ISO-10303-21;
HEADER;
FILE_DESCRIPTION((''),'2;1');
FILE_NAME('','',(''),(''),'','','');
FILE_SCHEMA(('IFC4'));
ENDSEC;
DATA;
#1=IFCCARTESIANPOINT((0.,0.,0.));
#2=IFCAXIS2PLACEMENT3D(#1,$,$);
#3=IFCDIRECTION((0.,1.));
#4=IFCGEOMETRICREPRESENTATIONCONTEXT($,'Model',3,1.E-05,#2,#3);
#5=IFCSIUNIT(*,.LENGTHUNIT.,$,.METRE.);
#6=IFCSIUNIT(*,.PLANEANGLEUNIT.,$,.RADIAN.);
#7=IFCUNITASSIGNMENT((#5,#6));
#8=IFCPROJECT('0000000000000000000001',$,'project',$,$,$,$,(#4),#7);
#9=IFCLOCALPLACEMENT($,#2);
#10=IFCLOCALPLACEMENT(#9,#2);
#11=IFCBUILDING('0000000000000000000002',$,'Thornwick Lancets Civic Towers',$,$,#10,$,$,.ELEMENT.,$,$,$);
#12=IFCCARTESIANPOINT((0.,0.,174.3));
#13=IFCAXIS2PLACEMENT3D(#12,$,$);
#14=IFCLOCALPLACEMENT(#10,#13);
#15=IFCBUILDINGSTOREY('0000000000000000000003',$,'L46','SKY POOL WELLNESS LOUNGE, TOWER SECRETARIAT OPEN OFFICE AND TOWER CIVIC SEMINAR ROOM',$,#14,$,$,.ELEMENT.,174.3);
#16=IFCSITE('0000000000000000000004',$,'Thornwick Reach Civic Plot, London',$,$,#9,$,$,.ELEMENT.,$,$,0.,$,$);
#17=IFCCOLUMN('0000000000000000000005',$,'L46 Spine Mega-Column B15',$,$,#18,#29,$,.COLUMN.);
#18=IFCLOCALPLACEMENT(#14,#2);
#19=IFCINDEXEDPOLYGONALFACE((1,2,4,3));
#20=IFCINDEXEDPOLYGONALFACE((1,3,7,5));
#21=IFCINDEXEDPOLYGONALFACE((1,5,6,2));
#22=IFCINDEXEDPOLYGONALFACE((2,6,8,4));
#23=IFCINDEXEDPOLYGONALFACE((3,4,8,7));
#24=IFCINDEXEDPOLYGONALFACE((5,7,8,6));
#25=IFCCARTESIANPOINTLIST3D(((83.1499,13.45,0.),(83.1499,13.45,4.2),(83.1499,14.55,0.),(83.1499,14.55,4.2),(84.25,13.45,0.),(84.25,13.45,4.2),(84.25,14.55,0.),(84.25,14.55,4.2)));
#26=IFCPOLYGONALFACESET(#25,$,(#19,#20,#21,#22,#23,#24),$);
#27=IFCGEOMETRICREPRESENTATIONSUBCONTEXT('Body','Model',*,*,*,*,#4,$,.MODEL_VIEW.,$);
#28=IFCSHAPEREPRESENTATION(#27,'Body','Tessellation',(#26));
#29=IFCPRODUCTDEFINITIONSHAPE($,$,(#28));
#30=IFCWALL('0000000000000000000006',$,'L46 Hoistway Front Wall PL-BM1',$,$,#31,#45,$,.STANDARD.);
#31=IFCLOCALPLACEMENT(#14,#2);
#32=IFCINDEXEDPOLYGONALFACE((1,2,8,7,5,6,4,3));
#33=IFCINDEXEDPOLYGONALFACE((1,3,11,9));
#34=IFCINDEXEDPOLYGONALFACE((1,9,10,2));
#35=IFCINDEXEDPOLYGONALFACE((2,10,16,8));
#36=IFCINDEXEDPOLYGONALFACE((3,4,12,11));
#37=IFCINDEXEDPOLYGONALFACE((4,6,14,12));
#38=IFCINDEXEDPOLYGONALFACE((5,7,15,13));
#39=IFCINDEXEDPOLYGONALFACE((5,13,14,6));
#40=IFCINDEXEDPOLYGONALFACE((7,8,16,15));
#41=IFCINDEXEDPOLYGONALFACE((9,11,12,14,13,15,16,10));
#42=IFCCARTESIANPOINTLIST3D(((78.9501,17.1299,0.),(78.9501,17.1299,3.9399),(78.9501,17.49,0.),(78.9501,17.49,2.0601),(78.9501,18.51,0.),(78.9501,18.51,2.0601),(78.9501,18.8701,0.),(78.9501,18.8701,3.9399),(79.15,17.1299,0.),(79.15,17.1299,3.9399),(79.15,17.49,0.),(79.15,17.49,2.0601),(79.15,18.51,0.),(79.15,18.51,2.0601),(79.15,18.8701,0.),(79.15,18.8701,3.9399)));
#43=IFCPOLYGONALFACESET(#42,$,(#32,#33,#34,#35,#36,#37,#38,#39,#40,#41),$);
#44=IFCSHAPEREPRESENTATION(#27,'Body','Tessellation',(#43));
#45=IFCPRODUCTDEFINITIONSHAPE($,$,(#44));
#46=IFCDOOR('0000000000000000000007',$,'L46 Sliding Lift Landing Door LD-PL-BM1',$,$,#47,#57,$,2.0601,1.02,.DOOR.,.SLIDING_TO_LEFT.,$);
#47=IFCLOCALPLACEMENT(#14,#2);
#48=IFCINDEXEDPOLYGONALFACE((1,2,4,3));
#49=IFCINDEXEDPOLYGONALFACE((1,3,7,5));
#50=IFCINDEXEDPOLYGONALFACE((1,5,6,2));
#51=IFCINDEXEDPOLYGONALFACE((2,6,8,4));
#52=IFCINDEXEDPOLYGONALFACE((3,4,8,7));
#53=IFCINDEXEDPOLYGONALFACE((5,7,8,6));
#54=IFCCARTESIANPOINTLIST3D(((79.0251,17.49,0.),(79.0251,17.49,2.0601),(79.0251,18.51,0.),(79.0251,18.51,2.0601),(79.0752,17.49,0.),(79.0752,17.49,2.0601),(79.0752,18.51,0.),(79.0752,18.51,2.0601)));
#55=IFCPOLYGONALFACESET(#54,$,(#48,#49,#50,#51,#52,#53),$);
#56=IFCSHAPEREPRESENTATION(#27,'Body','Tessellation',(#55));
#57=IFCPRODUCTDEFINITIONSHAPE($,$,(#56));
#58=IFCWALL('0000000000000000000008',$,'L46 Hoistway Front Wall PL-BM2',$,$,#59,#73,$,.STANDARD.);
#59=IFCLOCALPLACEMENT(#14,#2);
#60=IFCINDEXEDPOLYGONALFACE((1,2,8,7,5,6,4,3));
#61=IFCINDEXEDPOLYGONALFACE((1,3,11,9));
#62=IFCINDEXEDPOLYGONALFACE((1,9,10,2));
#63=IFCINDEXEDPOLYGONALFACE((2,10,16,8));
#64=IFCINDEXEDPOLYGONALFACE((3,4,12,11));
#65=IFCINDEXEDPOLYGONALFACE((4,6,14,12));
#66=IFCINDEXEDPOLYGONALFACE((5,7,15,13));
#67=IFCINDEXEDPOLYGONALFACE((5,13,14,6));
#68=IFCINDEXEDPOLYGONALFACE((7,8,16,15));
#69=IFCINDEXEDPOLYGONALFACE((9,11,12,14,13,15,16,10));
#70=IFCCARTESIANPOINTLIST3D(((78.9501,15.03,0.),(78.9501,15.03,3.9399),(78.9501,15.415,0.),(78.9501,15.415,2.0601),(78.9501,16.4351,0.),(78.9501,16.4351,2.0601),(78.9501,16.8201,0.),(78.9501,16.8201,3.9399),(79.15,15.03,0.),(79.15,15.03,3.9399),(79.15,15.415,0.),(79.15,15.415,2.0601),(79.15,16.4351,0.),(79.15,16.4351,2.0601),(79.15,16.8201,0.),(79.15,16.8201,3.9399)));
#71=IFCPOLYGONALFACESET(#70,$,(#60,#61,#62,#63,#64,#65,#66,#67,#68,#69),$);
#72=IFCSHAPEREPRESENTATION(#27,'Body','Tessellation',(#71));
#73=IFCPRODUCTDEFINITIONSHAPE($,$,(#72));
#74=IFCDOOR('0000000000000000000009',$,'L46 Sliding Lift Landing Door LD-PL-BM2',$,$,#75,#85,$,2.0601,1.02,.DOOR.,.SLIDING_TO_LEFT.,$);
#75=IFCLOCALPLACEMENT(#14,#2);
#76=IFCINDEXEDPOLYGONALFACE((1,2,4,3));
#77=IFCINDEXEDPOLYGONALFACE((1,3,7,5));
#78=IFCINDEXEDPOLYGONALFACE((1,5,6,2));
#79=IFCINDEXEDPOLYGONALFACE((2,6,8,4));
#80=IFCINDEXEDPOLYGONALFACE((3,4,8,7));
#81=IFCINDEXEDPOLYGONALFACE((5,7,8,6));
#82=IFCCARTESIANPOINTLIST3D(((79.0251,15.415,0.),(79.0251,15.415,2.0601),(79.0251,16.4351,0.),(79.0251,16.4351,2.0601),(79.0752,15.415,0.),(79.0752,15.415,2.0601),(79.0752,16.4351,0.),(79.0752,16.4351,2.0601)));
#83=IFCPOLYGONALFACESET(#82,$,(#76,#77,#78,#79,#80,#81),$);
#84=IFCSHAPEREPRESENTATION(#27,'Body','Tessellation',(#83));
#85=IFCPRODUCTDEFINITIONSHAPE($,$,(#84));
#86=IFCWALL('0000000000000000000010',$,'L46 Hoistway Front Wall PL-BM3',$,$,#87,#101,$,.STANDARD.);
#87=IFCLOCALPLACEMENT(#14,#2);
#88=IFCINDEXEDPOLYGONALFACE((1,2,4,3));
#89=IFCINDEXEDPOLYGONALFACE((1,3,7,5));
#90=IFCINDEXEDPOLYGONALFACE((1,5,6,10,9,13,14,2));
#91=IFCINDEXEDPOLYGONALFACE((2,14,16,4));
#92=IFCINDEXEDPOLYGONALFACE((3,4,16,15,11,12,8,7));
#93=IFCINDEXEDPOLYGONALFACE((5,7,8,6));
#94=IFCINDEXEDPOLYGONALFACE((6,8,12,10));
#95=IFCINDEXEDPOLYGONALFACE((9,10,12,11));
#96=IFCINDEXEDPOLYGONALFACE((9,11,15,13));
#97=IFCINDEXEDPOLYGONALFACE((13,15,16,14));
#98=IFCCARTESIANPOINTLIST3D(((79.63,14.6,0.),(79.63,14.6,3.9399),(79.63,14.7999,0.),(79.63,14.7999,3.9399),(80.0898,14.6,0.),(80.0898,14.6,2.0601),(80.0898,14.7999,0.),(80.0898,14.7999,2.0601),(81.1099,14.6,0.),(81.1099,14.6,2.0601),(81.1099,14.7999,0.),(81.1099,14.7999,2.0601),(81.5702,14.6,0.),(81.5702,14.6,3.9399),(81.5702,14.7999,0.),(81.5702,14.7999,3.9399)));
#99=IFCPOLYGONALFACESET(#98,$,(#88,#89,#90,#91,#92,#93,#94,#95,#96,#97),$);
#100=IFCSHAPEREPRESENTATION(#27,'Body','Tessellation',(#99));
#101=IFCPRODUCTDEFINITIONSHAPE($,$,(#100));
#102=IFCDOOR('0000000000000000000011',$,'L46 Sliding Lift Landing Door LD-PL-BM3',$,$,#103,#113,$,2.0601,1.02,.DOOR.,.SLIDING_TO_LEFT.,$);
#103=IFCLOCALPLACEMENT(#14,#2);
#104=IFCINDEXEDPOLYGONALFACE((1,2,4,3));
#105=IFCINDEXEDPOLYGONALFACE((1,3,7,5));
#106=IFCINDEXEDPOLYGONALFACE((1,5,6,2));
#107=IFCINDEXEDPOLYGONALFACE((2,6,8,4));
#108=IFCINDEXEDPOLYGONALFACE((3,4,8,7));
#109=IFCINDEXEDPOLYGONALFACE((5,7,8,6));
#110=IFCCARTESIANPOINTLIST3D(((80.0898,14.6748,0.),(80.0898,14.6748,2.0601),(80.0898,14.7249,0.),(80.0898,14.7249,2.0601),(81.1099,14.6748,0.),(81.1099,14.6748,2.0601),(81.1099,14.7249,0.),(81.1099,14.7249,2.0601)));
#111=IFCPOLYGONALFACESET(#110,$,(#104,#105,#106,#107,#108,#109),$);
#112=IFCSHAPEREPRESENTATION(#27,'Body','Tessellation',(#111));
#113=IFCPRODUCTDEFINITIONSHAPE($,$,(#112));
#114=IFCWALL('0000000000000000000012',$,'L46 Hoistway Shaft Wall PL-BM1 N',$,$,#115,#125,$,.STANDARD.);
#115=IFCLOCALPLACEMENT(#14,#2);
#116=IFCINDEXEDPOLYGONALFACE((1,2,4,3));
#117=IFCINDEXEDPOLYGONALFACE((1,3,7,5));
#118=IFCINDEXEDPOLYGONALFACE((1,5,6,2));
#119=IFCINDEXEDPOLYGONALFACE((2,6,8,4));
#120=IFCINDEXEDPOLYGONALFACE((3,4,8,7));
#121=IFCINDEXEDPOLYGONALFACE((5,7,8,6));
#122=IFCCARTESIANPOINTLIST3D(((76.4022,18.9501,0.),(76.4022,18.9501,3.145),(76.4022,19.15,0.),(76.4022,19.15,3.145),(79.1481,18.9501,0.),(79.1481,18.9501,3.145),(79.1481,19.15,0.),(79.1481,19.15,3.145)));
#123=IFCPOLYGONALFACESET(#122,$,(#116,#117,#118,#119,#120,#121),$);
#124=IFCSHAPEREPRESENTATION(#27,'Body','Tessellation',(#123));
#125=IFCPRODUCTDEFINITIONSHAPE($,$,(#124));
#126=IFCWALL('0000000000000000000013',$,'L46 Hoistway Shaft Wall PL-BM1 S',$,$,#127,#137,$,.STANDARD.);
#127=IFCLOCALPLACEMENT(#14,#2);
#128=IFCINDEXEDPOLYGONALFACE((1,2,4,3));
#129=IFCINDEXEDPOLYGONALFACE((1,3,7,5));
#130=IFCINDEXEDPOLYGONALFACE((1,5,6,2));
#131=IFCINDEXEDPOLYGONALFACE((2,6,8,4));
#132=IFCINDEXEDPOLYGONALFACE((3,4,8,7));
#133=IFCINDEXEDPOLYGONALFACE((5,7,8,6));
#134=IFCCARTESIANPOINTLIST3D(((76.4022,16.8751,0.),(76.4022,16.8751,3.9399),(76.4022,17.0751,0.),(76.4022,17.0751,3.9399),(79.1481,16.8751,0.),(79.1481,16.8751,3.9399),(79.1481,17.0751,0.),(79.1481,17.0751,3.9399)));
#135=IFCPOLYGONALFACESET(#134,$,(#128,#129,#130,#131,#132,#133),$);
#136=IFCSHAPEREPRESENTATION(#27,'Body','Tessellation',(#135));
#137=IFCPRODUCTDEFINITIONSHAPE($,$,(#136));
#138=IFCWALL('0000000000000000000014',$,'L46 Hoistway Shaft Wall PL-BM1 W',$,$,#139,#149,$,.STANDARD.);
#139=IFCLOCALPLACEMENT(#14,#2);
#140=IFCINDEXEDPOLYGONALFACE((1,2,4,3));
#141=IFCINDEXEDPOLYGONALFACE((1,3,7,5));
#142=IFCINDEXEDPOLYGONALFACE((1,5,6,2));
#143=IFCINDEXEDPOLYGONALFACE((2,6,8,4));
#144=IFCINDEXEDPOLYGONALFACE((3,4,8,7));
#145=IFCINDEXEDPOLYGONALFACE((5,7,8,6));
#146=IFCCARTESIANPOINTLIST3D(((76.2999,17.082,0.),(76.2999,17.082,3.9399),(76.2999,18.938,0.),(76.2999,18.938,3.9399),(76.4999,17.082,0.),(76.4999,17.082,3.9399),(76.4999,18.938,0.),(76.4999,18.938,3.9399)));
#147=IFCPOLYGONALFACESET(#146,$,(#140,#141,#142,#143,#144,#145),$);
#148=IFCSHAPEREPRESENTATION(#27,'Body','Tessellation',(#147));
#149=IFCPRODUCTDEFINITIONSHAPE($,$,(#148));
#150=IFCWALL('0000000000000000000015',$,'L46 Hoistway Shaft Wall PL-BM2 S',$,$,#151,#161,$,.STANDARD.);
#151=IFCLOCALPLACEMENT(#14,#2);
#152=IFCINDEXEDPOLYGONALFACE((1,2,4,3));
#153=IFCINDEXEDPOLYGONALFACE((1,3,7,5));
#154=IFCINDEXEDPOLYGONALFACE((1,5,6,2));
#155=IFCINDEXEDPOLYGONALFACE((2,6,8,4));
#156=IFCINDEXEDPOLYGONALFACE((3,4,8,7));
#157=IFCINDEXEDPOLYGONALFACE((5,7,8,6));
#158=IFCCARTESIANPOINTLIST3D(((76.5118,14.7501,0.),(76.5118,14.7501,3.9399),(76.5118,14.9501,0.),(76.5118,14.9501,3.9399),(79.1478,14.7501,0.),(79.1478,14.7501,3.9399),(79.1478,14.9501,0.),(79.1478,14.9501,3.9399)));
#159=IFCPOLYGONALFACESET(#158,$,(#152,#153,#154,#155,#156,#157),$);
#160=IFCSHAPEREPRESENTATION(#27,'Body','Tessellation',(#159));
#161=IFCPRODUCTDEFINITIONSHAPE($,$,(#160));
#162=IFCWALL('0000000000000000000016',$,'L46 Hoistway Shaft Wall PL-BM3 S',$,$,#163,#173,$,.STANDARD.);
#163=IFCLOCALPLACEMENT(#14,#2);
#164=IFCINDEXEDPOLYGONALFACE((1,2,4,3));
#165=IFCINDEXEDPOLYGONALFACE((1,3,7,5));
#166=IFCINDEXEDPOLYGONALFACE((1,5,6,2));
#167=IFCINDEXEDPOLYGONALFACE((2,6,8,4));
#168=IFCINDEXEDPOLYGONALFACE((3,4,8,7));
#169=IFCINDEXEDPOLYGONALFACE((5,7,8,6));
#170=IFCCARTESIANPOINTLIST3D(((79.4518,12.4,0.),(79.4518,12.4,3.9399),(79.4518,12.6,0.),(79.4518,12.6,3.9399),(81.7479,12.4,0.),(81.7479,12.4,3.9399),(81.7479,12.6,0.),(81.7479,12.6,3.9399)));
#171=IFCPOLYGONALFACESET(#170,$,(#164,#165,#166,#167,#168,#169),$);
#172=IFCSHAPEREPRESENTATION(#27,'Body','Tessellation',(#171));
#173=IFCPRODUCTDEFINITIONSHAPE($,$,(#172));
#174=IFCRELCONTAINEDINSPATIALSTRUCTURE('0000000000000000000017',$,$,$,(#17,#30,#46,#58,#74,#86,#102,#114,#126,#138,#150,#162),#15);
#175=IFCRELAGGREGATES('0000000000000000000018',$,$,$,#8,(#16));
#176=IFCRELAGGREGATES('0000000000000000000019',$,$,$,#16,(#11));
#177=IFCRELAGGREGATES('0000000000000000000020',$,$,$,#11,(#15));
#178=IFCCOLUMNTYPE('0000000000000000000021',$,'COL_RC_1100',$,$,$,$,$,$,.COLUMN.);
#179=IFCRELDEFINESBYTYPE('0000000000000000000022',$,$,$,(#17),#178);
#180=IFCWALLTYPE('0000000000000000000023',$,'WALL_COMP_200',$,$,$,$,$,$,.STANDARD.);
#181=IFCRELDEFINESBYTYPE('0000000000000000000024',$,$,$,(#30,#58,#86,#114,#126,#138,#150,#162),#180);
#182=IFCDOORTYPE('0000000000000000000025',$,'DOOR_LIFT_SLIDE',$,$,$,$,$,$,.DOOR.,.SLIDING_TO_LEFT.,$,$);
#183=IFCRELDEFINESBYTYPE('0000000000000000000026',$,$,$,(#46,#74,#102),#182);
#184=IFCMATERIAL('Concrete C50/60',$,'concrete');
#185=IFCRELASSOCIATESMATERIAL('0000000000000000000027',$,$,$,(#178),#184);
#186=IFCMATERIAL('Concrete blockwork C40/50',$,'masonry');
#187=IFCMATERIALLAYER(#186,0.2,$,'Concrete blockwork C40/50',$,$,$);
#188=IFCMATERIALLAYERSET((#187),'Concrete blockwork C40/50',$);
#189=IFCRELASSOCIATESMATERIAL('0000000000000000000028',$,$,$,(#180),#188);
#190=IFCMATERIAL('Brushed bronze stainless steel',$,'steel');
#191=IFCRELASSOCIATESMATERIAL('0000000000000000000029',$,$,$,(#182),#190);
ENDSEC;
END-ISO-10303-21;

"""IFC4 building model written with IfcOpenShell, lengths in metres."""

from ifc_helpers import new_model, si_unit, direction, frame, frame_2d, origin, origin_2d, place, context, subcontext, project, spatial, rectangle, extrude, material, layer, layer_set, material_profile, profile_set, type_object, element, fill, save


model = new_model("IFC4")

# Units and contexts
model_context = context("Model", 3, precision=1e-05, world=origin(), true_north=direction((0.0, 1.0)))
body_context = subcontext(model_context, "Body", "Model", "MODEL_VIEW")
ifc_project = project(units=[si_unit("LENGTHUNIT", "METRE"), si_unit("PLANEANGLEUNIT", "RADIAN")], contexts=[model_context])

# Site, building, storey
site_placement = place(None, origin())
site = spatial("IfcSite", under=ifc_project, at=site_placement, Name="Thornwick Reach Civic Plot, London", CompositionType="ELEMENT", RefElevation=0.0)
building_placement = place(site_placement, origin())
building = spatial("IfcBuilding", under=site, at=building_placement, Name="Thornwick Lancets Civic Towers", CompositionType="ELEMENT")
storey_placement = place(building_placement, frame((0.0, 0.0, 174.3)))
storey = spatial("IfcBuildingStorey", under=building, at=storey_placement, Name="L46", Description="SKY POOL WELLNESS LOUNGE, TOWER SECRETARIAT OPEN OFFICE AND TOWER CIVIC SEMINAR ROOM", CompositionType="ELEMENT", Elevation=174.3)

# Column
ifc_material_1 = material(Name="Concrete C50/60", Category="concrete")
ifc_material_profile = material_profile(ifc_material_1, rectangle(XDim=1.1001, YDim=1.1001, at=origin_2d()), Name="RC 1100x1100")
ifc_profile_set = profile_set([ifc_material_profile], Name="Concrete C50/60")
column_type = type_object("IfcColumnType", Name="COL_RC_1100", PredefinedType="COLUMN", material=ifc_profile_set)
column_placement = place(storey_placement, frame((83.7, 14.0, 0.0), z_axis=(0.0, 0.0, 1.0), x_axis=(1.0, 0.0, 0.0)))
element("IfcColumn", 1, at=column_placement, inside=storey, type_object=column_type, Name="L46 Spine Mega-Column B15", PredefinedType="COLUMN", context=body_context, shape_type="SweptSolid", body=[
    extrude(rectangle(XDim=1.1001, YDim=1.1001, at=origin_2d()), origin(), (0.0, 0.0, 1.0), 4.2),
])

# Walls, openings, doors
ifc_material_2 = material(Name="Concrete blockwork C40/50", Category="masonry")
ifc_layer_1 = layer(ifc_material_2, 0.2, Name="Concrete blockwork C40/50")
ifc_layer_set_1 = layer_set([ifc_layer_1], Name="Concrete blockwork C40/50")
wall_type_1 = type_object("IfcWallType", Name="WALL_COMP_200", PredefinedType="STANDARD", material=ifc_layer_set_1)
wall_1_placement = place(storey_placement, frame((79.05, 17.1299, 0.0), z_axis=(0.0, 0.0, 1.0), x_axis=(0.0, 1.0, 0.0)))
wall_1 = element("IfcWall", 2, at=wall_1_placement, inside=storey, type_object=wall_type_1, Name="L46 Hoistway Front Wall PL-BM1", PredefinedType="STANDARD", context=body_context, shape_type="SweptSolid", body=[
    extrude(rectangle(XDim=1.7402, YDim=0.2, at=frame_2d((0.8701, 0.0))), origin(), (0.0, 0.0, 1.0), 3.9399),
])
opening_1_placement = place(wall_1_placement, frame((0.3601, 0.0, 0.0)))
opening_1 = element("IfcOpeningElement", 3, at=opening_1_placement, cuts=wall_1, PredefinedType="OPENING", context=body_context, shape_type="SweptSolid", body=[
    extrude(rectangle(XDim=1.02, YDim=2.0601, at=frame_2d((0.51, 1.03))), frame((0.0, 0.1099, 0.0), z_axis=(0.0, -1.0, 0.0), x_axis=(1.0, 0.0, 0.0)), (0.0, 0.0, 1.0), 0.22),
])
ifc_material_3 = material(Name="Brushed bronze stainless steel", Category="steel")
door_type_1 = type_object("IfcDoorType", Name="DOOR_LIFT_SLIDE", OperationType="SLIDING_TO_LEFT", PredefinedType="DOOR", material=ifc_material_3)
door_1_placement = place(opening_1_placement, origin())
door_1 = element("IfcDoor", 4, at=door_1_placement, inside=storey, type_object=door_type_1, Name="L46 Sliding Lift Landing Door LD-PL-BM1", OperationType="SLIDING_TO_LEFT", OverallHeight=2.0601, OverallWidth=1.02, PredefinedType="DOOR", context=body_context, shape_type="SweptSolid", body=[
    extrude(rectangle(XDim=1.02, YDim=2.0601, at=frame_2d((0.51, 1.03))), frame((0.0, 0.0249, 0.0), z_axis=(0.0, -1.0, 0.0), x_axis=(1.0, 0.0, 0.0)), (0.0, 0.0, 1.0), 0.05),
])
fill(opening_1, door_1)
wall_2_placement = place(storey_placement, frame((79.05, 15.03, 0.0), z_axis=(0.0, 0.0, 1.0), x_axis=(0.0, 1.0, 0.0)))
wall_2 = element("IfcWall", 5, at=wall_2_placement, inside=storey, type_object=wall_type_1, Name="L46 Hoistway Front Wall PL-BM2", PredefinedType="STANDARD", context=body_context, shape_type="SweptSolid", body=[
    extrude(rectangle(XDim=1.79, YDim=0.2, at=frame_2d((0.895, 0.0))), origin(), (0.0, 0.0, 1.0), 3.9399),
])
opening_2_placement = place(wall_2_placement, frame((0.385, 0.0, 0.0)))
opening_2 = element("IfcOpeningElement", 6, at=opening_2_placement, cuts=wall_2, PredefinedType="OPENING", context=body_context, shape_type="SweptSolid", body=[
    extrude(rectangle(XDim=1.02, YDim=2.0601, at=frame_2d((0.51, 1.03))), frame((0.0, 0.1099, 0.0), z_axis=(0.0, -1.0, 0.0), x_axis=(1.0, 0.0, 0.0)), (0.0, 0.0, 1.0), 0.22),
])
door_2_placement = place(opening_2_placement, origin())
door_2 = element("IfcDoor", 7, at=door_2_placement, inside=storey, type_object=door_type_1, Name="L46 Sliding Lift Landing Door LD-PL-BM2", OperationType="SLIDING_TO_LEFT", OverallHeight=2.0601, OverallWidth=1.02, PredefinedType="DOOR", context=body_context, shape_type="SweptSolid", body=[
    extrude(rectangle(XDim=1.02, YDim=2.0601, at=frame_2d((0.51, 1.03))), frame((0.0, 0.0249, 0.0), z_axis=(0.0, -1.0, 0.0), x_axis=(1.0, 0.0, 0.0)), (0.0, 0.0, 1.0), 0.05),
])
fill(opening_2, door_2)
wall_3_placement = place(storey_placement, frame((79.6299, 14.7, 0.0), z_axis=(0.0, 0.0, 1.0), x_axis=(1.0, 0.0, 0.0)))
wall_3 = element("IfcWall", 8, at=wall_3_placement, inside=storey, type_object=wall_type_1, Name="L46 Hoistway Front Wall PL-BM3", PredefinedType="STANDARD", context=body_context, shape_type="SweptSolid", body=[
    extrude(rectangle(XDim=1.9402, YDim=0.2, at=frame_2d((0.9702, 0.0))), origin(), (0.0, 0.0, 1.0), 3.9399),
])
opening_3_placement = place(wall_3_placement, frame((0.46, 0.0, 0.0)))
opening_3 = element("IfcOpeningElement", 9, at=opening_3_placement, cuts=wall_3, PredefinedType="OPENING", context=body_context, shape_type="SweptSolid", body=[
    extrude(rectangle(XDim=1.02, YDim=2.0601, at=frame_2d((0.51, 1.03))), frame((0.0, 0.1099, 0.0), z_axis=(0.0, -1.0, 0.0), x_axis=(1.0, 0.0, 0.0)), (0.0, 0.0, 1.0), 0.22),
])
door_3_placement = place(opening_3_placement, origin())
door_3 = element("IfcDoor", 10, at=door_3_placement, inside=storey, type_object=door_type_1, Name="L46 Sliding Lift Landing Door LD-PL-BM3", OperationType="SLIDING_TO_LEFT", OverallHeight=2.0601, OverallWidth=1.02, PredefinedType="DOOR", context=body_context, shape_type="SweptSolid", body=[
    extrude(rectangle(XDim=1.02, YDim=2.0601, at=frame_2d((0.51, 1.03))), frame((0.0, 0.0249, 0.0), z_axis=(0.0, -1.0, 0.0), x_axis=(1.0, 0.0, 0.0)), (0.0, 0.0, 1.0), 0.05),
])
fill(opening_3, door_3)

# Walls
wall_4_placement = place(storey_placement, frame((76.4021, 19.05, 0.0), z_axis=(0.0, 0.0, 1.0), x_axis=(1.0, 0.0, 0.0)))
element("IfcWall", 11, at=wall_4_placement, inside=storey, type_object=wall_type_1, Name="L46 Hoistway Shaft Wall PL-BM1 N", PredefinedType="STANDARD", context=body_context, shape_type="SweptSolid", body=[
    extrude(rectangle(XDim=2.7458, YDim=0.2, at=frame_2d((1.373, 0.0))), origin(), (0.0, 0.0, 1.0), 3.145),
])
wall_5_placement = place(storey_placement, frame((76.4021, 16.9751, 0.0), z_axis=(0.0, 0.0, 1.0), x_axis=(1.0, 0.0, 0.0)))
element("IfcWall", 12, at=wall_5_placement, inside=storey, type_object=wall_type_1, Name="L46 Hoistway Shaft Wall PL-BM1 S", PredefinedType="STANDARD", context=body_context, shape_type="SweptSolid", body=[
    extrude(rectangle(XDim=2.7458, YDim=0.2, at=frame_2d((1.373, 0.0))), origin(), (0.0, 0.0, 1.0), 3.9399),
])
wall_6_placement = place(storey_placement, frame((76.3999, 17.082, 0.0), z_axis=(0.0, 0.0, 1.0), x_axis=(0.0, 1.0, 0.0)))
element("IfcWall", 13, at=wall_6_placement, inside=storey, type_object=wall_type_1, Name="L46 Hoistway Shaft Wall PL-BM1 W", PredefinedType="STANDARD", context=body_context, shape_type="SweptSolid", body=[
    extrude(rectangle(XDim=1.856, YDim=0.2, at=frame_2d((0.928, 0.0))), origin(), (0.0, 0.0, 1.0), 3.9399),
])
wall_7_placement = place(storey_placement, frame((76.512, 14.8501, 0.0), z_axis=(0.0, 0.0, 1.0), x_axis=(1.0, 0.0, 0.0)))
element("IfcWall", 14, at=wall_7_placement, inside=storey, type_object=wall_type_1, Name="L46 Hoistway Shaft Wall PL-BM2 S", PredefinedType="STANDARD", context=body_context, shape_type="SweptSolid", body=[
    extrude(rectangle(XDim=2.636, YDim=0.2, at=frame_2d((1.3179, 0.0))), origin(), (0.0, 0.0, 1.0), 3.9399),
])
wall_8_placement = place(storey_placement, frame((79.4519, 12.5, 0.0), z_axis=(0.0, 0.0, 1.0), x_axis=(1.0, 0.0, 0.0)))
element("IfcWall", 15, at=wall_8_placement, inside=storey, type_object=wall_type_1, Name="L46 Hoistway Shaft Wall PL-BM3 S", PredefinedType="STANDARD", context=body_context, shape_type="SweptSolid", body=[
    extrude(rectangle(XDim=2.2961, YDim=0.2, at=frame_2d((1.1479, 0.0))), origin(), (0.0, 0.0, 1.0), 3.9399),
])

save(model, "model.ifc")
